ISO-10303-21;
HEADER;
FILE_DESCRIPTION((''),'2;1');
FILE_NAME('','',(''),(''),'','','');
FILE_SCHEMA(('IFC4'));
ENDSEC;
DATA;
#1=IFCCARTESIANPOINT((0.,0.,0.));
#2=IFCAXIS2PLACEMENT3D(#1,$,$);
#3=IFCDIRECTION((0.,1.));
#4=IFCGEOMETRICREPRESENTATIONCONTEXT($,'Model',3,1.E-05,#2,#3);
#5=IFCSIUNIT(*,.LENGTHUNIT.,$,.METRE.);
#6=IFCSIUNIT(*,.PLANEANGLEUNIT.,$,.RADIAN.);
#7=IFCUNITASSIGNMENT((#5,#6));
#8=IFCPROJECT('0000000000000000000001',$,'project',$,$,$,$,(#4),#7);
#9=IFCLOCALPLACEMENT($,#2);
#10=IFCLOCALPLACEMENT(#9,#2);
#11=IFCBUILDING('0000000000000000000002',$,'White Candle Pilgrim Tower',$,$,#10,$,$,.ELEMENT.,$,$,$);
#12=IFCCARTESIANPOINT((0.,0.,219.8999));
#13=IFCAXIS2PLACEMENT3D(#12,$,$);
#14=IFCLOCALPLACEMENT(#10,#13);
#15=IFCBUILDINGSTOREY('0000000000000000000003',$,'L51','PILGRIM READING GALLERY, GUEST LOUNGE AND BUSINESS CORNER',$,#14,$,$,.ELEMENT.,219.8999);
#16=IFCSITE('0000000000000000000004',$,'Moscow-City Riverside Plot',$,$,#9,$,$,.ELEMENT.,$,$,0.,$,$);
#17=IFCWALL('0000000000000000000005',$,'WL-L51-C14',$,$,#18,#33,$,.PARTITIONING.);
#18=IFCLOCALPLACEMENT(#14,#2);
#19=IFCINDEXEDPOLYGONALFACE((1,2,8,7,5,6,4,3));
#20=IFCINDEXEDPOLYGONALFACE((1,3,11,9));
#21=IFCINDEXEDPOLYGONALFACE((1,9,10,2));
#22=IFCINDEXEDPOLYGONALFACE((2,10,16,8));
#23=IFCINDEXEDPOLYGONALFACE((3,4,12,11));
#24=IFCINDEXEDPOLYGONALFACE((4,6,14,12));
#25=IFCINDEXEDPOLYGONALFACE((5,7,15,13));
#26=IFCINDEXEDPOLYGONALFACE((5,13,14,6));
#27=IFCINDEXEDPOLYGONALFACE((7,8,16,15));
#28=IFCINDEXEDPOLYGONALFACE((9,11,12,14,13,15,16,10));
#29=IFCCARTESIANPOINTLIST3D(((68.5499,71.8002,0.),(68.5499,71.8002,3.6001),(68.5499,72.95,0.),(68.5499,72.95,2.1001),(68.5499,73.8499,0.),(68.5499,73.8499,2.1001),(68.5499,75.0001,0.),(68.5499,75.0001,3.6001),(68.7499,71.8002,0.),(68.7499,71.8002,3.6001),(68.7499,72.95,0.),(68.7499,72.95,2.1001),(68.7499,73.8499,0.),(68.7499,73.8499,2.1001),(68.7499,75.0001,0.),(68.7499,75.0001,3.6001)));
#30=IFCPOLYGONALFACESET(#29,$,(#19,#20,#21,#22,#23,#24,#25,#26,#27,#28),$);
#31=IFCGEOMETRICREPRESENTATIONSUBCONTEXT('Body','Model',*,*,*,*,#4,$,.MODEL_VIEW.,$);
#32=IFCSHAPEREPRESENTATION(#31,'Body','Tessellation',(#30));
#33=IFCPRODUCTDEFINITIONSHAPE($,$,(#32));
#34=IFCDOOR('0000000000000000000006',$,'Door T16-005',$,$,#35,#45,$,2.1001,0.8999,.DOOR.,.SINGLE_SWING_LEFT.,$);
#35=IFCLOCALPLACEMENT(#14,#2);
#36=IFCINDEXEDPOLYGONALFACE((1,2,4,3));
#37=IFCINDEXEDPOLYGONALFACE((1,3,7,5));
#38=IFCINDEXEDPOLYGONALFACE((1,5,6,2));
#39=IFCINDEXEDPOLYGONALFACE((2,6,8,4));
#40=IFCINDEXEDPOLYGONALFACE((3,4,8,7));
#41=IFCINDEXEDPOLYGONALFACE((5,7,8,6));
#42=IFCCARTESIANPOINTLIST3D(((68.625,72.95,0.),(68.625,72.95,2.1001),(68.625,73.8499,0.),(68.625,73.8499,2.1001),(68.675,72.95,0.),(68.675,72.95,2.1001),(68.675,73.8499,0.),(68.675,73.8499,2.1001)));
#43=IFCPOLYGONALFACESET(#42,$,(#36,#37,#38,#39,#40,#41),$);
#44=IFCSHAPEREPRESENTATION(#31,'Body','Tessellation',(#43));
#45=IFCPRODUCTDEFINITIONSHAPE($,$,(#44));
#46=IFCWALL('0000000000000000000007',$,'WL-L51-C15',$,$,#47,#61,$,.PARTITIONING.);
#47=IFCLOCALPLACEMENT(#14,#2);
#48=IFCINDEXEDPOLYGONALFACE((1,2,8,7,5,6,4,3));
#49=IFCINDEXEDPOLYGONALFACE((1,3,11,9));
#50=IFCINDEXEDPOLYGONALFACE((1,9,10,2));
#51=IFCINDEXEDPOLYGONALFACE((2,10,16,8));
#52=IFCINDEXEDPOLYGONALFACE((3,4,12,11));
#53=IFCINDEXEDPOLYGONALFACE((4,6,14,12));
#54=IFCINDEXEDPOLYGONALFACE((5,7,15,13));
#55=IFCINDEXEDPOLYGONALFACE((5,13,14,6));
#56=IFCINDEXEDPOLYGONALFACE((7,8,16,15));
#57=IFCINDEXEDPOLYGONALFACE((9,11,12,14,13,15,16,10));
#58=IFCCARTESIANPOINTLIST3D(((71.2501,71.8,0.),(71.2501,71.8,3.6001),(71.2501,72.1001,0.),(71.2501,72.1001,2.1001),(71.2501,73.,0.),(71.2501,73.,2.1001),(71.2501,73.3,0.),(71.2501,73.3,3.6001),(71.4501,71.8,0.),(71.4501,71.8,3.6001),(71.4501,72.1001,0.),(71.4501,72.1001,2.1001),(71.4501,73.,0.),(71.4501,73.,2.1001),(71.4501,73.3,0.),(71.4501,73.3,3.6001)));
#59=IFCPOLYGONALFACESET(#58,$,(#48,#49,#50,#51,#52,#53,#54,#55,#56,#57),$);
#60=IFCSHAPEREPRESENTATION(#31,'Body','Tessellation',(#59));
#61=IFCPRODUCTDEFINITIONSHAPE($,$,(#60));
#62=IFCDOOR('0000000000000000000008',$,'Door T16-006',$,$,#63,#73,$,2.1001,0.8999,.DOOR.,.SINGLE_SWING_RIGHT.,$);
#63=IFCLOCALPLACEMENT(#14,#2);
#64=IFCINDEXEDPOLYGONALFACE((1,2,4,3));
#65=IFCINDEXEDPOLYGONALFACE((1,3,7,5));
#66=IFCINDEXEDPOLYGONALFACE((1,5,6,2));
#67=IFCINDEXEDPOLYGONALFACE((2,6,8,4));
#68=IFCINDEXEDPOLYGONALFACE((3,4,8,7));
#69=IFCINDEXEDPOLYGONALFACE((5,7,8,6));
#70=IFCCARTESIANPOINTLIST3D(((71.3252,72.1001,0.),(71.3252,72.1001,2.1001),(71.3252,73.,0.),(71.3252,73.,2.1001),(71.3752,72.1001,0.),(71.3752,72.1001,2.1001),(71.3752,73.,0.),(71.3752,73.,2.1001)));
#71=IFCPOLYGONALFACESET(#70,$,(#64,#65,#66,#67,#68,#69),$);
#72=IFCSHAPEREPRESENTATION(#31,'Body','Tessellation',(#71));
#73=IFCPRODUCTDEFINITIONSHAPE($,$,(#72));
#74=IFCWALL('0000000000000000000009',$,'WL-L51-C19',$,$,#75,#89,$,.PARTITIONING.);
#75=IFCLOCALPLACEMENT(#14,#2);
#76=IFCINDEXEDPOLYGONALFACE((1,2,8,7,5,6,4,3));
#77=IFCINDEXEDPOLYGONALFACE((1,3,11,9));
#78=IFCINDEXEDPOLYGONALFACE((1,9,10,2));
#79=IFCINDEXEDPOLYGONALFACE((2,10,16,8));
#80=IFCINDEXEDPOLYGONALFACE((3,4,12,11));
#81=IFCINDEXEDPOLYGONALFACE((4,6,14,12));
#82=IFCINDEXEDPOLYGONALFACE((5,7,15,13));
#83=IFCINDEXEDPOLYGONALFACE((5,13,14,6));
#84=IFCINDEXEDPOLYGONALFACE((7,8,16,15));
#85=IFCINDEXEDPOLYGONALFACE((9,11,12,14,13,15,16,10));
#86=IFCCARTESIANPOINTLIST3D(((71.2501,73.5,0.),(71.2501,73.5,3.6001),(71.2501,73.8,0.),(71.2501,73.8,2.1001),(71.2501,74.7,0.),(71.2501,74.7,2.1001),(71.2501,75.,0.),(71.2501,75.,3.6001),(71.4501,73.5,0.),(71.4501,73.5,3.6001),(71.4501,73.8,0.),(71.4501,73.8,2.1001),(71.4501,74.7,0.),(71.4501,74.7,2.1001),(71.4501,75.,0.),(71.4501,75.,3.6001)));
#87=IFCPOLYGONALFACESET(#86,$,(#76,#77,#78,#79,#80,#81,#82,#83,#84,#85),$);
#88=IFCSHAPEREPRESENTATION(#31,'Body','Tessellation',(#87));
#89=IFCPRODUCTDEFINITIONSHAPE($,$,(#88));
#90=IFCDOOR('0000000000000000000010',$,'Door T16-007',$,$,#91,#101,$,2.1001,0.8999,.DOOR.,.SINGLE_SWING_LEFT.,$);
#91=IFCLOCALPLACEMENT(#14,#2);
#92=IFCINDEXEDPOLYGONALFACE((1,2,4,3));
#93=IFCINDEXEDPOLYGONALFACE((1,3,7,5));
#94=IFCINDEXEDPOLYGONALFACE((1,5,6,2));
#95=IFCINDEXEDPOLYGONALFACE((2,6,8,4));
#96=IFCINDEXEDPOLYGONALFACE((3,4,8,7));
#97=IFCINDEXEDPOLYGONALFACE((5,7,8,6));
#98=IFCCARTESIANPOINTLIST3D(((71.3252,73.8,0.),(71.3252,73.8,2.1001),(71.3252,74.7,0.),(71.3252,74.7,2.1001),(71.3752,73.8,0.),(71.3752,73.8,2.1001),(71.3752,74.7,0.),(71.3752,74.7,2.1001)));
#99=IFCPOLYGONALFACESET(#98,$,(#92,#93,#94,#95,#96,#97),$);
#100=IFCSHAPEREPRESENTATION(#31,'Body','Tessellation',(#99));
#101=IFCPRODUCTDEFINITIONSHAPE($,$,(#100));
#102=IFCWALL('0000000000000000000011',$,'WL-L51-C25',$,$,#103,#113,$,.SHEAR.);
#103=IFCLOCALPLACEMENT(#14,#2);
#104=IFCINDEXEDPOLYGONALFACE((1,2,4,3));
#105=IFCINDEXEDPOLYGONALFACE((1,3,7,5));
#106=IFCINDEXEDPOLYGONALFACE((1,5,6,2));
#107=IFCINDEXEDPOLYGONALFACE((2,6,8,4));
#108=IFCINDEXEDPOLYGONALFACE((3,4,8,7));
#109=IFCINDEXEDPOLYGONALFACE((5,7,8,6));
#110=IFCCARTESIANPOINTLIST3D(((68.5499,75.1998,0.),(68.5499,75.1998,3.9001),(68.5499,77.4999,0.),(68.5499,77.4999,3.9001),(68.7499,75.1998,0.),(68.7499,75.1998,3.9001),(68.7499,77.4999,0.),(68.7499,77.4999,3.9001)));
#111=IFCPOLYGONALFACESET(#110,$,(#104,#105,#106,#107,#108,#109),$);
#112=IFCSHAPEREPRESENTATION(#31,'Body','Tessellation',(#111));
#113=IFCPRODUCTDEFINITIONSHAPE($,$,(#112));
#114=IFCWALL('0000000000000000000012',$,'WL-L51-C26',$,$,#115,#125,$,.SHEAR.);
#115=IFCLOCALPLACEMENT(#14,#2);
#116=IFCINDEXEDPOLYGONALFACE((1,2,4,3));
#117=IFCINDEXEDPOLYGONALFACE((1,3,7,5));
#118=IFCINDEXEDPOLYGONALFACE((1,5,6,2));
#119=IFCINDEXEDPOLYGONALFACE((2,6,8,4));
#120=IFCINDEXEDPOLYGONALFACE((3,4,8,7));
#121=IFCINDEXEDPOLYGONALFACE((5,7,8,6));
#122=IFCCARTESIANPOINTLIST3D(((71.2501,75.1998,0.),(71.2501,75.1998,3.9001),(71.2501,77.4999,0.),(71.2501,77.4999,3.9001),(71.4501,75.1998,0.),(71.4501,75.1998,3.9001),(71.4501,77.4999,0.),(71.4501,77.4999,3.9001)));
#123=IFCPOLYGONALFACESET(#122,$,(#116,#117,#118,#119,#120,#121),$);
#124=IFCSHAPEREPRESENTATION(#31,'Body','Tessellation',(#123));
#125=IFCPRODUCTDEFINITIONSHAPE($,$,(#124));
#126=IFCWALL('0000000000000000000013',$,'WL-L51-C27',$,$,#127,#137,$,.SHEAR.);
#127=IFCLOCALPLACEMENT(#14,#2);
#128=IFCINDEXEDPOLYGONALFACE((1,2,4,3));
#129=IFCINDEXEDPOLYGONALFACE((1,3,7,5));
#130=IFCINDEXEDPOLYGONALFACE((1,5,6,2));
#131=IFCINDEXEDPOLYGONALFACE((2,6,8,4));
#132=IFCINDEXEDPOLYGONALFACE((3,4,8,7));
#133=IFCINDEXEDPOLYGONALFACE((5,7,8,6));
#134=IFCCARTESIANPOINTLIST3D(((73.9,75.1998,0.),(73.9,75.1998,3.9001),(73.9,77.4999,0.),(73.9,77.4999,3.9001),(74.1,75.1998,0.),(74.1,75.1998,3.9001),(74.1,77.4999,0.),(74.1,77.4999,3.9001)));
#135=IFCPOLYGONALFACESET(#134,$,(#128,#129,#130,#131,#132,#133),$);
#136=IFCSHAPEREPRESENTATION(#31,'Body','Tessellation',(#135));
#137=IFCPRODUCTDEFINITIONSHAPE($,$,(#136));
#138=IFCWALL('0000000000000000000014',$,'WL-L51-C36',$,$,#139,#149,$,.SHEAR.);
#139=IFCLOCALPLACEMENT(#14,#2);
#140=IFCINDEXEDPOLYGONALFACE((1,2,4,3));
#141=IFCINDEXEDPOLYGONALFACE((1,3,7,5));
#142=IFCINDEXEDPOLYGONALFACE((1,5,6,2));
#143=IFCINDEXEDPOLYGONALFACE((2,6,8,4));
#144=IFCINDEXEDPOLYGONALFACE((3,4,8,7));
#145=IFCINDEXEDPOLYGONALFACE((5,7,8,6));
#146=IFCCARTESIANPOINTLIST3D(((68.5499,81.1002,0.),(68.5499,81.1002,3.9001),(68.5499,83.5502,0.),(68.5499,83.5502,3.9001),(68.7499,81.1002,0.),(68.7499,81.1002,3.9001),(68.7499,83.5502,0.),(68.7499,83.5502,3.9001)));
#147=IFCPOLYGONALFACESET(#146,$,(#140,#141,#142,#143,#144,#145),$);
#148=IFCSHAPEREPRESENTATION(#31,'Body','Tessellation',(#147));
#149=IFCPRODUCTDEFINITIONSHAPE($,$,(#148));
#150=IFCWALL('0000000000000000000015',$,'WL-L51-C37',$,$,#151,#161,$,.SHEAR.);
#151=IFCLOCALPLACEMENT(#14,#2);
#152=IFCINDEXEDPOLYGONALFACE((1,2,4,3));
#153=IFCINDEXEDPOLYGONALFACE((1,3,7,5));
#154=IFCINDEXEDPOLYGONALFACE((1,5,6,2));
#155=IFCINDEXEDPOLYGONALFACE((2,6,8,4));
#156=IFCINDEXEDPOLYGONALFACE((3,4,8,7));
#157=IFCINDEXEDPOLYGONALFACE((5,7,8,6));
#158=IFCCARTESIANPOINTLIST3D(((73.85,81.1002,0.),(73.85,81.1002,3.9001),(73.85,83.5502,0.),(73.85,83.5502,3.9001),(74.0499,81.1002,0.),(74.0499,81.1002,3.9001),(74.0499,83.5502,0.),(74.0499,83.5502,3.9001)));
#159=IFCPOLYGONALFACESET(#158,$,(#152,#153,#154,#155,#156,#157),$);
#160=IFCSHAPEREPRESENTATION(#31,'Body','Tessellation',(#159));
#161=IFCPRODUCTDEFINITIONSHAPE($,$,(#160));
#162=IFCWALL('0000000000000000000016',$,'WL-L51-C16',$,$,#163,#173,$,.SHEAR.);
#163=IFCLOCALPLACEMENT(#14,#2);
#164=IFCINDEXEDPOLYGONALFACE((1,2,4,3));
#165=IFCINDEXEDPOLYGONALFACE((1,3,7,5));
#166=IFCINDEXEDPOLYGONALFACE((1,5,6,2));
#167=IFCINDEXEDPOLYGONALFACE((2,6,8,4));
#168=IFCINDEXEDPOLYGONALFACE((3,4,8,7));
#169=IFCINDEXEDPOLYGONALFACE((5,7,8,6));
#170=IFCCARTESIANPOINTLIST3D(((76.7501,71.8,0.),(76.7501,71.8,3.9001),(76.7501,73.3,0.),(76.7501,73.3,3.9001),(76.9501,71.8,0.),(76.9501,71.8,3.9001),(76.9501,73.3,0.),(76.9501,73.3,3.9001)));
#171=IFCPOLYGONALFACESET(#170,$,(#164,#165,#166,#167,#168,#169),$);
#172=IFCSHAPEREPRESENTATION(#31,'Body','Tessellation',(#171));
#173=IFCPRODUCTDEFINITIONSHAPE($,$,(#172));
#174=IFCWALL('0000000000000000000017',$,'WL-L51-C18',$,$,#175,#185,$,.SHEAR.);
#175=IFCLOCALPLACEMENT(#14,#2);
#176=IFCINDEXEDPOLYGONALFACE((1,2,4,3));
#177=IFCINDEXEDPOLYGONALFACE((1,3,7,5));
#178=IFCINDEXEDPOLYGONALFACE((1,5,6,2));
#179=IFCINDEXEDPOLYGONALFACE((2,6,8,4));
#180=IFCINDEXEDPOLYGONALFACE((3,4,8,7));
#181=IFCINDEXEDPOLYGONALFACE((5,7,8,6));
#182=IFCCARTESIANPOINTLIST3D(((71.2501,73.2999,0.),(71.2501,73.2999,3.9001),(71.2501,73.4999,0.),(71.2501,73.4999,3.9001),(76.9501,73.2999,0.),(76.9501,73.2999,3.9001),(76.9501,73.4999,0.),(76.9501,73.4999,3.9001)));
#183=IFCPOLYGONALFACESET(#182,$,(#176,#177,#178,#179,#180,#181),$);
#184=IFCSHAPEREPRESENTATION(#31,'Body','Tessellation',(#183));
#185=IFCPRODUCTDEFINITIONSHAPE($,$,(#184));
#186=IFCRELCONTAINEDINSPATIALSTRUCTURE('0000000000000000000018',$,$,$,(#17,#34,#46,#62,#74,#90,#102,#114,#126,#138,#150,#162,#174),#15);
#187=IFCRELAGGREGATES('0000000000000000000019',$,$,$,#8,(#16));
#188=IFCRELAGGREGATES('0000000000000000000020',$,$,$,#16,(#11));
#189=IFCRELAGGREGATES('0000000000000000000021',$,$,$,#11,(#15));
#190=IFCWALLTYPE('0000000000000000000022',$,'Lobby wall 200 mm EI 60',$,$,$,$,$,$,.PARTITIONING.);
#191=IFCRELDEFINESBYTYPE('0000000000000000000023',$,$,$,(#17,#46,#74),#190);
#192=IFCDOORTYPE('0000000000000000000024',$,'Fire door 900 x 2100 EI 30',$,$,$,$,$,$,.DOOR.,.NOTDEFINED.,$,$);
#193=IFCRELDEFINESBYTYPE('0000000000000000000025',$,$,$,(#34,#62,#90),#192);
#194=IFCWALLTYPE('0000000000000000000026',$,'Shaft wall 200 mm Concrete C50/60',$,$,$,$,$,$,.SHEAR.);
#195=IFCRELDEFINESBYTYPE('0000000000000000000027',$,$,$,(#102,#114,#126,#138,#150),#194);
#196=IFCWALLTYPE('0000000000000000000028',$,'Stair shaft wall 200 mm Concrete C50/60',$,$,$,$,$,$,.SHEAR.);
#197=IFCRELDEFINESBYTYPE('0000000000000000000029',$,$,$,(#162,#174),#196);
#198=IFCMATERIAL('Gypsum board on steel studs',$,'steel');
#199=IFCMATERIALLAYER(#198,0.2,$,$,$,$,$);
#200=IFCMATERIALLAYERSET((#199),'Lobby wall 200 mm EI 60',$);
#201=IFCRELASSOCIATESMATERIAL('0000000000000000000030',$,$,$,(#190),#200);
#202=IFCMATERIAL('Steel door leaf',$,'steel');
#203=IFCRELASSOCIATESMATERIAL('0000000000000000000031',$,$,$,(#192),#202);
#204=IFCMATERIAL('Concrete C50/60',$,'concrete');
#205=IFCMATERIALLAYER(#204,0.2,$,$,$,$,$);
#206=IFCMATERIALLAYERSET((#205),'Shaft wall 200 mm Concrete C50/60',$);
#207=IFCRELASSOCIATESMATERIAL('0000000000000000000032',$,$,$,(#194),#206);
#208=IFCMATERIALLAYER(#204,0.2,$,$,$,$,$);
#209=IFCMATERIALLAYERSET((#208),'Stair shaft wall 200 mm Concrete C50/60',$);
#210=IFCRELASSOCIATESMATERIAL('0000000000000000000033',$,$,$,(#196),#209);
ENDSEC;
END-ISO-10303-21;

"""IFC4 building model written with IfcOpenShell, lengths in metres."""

from ifc_helpers import new_model, si_unit, direction, frame, frame_2d, origin, place, context, subcontext, project, spatial, rectangle, extrude, material, layer, layer_set, type_object, element, fill, save


model = new_model("IFC4")

# Units and contexts
model_context = context("Model", 3, precision=1e-05, world=origin(), true_north=direction((0.0, 1.0)))
body_context = subcontext(model_context, "Body", "Model", "MODEL_VIEW")
ifc_project = project(units=[si_unit("LENGTHUNIT", "METRE"), si_unit("PLANEANGLEUNIT", "RADIAN")], contexts=[model_context])

# Site, building, storey
site_placement = place(None, origin())
site = spatial("IfcSite", under=ifc_project, at=site_placement, Name="Moscow-City Riverside Plot", CompositionType="ELEMENT", RefElevation=0.0)
building_placement = place(site_placement, origin())
building = spatial("IfcBuilding", under=site, at=building_placement, Name="White Candle Pilgrim Tower", CompositionType="ELEMENT")
storey_placement = place(building_placement, frame((0.0, 0.0, 219.8999)))
storey = spatial("IfcBuildingStorey", under=building, at=storey_placement, Name="L51", Description="PILGRIM READING GALLERY, GUEST LOUNGE AND BUSINESS CORNER", CompositionType="ELEMENT", Elevation=219.8999)

# Walls, openings, doors
ifc_material_1 = material(Name="Gypsum board on steel studs", Category="steel")
ifc_layer_1 = layer(ifc_material_1, 0.2)
ifc_layer_set_1 = layer_set([ifc_layer_1], Name="Lobby wall 200 mm EI 60")
wall_type_1 = type_object("IfcWallType", Name="Lobby wall 200 mm EI 60", PredefinedType="PARTITIONING", material=ifc_layer_set_1)
wall_1_placement = place(storey_placement, frame((68.6499, 71.8, 0.0), z_axis=(0.0, 0.0, 1.0), x_axis=(0.0, 1.0, 0.0)))
wall_1 = element("IfcWall", 1, at=wall_1_placement, inside=storey, type_object=wall_type_1, Name="WL-L51-C14", PredefinedType="PARTITIONING", context=body_context, shape_type="SweptSolid", body=[
    extrude(rectangle(XDim=3.2, YDim=0.2, at=frame_2d((1.6001, 0.0))), origin(), (0.0, 0.0, 1.0), 3.6001),
])
opening_1_placement = place(wall_1_placement, frame((1.1499, 0.0, 0.0)))
opening_1 = element("IfcOpeningElement", 2, at=opening_1_placement, cuts=wall_1, PredefinedType="OPENING", context=body_context, shape_type="SweptSolid", body=[
    extrude(rectangle(XDim=0.8999, YDim=2.1001, at=frame_2d((0.45, 1.05))), frame((0.0, 0.1099, 0.0), z_axis=(0.0, -1.0, 0.0), x_axis=(1.0, 0.0, 0.0)), (0.0, 0.0, 1.0), 0.22),
])
ifc_material_2 = material(Name="Steel door leaf", Category="steel")
door_type_1 = type_object("IfcDoorType", Name="Fire door 900 x 2100 EI 30", OperationType="NOTDEFINED", PredefinedType="DOOR", material=ifc_material_2)
door_1_placement = place(opening_1_placement, origin())
door_1 = element("IfcDoor", 3, at=door_1_placement, inside=storey, type_object=door_type_1, Name="Door T16-005", OperationType="SINGLE_SWING_LEFT", OverallHeight=2.1001, OverallWidth=0.8999, PredefinedType="DOOR", context=body_context, shape_type="SweptSolid", body=[
    extrude(rectangle(XDim=0.8999, YDim=2.1001, at=frame_2d((0.45, 1.05))), frame((0.0, 0.0249, 0.0), z_axis=(0.0, -1.0, 0.0), x_axis=(1.0, 0.0, 0.0)), (0.0, 0.0, 1.0), 0.05),
])
fill(opening_1, door_1)
wall_2_placement = place(storey_placement, frame((71.3501, 71.8, 0.0), z_axis=(0.0, 0.0, 1.0), x_axis=(0.0, 1.0, 0.0)))
wall_2 = element("IfcWall", 4, at=wall_2_placement, inside=storey, type_object=wall_type_1, Name="WL-L51-C15", PredefinedType="PARTITIONING", context=body_context, shape_type="SweptSolid", body=[
    extrude(rectangle(XDim=1.5, YDim=0.2, at=frame_2d((0.75, 0.0))), origin(), (0.0, 0.0, 1.0), 3.6001),
])
opening_2_placement = place(wall_2_placement, frame((0.3, 0.0, 0.0)))
opening_2 = element("IfcOpeningElement", 5, at=opening_2_placement, cuts=wall_2, PredefinedType="OPENING", context=body_context, shape_type="SweptSolid", body=[
    extrude(rectangle(XDim=0.8999, YDim=2.1001, at=frame_2d((0.45, 1.05))), frame((0.0, 0.1099, 0.0), z_axis=(0.0, -1.0, 0.0), x_axis=(1.0, 0.0, 0.0)), (0.0, 0.0, 1.0), 0.22),
])
door_2_placement = place(opening_2_placement, origin())
door_2 = element("IfcDoor", 6, at=door_2_placement, inside=storey, type_object=door_type_1, Name="Door T16-006", OperationType="SINGLE_SWING_RIGHT", OverallHeight=2.1001, OverallWidth=0.8999, PredefinedType="DOOR", context=body_context, shape_type="SweptSolid", body=[
    extrude(rectangle(XDim=0.8999, YDim=2.1001, at=frame_2d((0.45, 1.05))), frame((0.0, 0.0249, 0.0), z_axis=(0.0, -1.0, 0.0), x_axis=(1.0, 0.0, 0.0)), (0.0, 0.0, 1.0), 0.05),
])
fill(opening_2, door_2)
wall_3_placement = place(storey_placement, frame((71.3501, 73.5, 0.0), z_axis=(0.0, 0.0, 1.0), x_axis=(0.0, 1.0, 0.0)))
wall_3 = element("IfcWall", 7, at=wall_3_placement, inside=storey, type_object=wall_type_1, Name="WL-L51-C19", PredefinedType="PARTITIONING", context=body_context, shape_type="SweptSolid", body=[
    extrude(rectangle(XDim=1.5, YDim=0.2, at=frame_2d((0.75, 0.0))), origin(), (0.0, 0.0, 1.0), 3.6001),
])
opening_3_placement = place(wall_3_placement, frame((0.3, 0.0, 0.0)))
opening_3 = element("IfcOpeningElement", 8, at=opening_3_placement, cuts=wall_3, PredefinedType="OPENING", context=body_context, shape_type="SweptSolid", body=[
    extrude(rectangle(XDim=0.8999, YDim=2.1001, at=frame_2d((0.45, 1.05))), frame((0.0, 0.1099, 0.0), z_axis=(0.0, -1.0, 0.0), x_axis=(1.0, 0.0, 0.0)), (0.0, 0.0, 1.0), 0.22),
])
door_3_placement = place(opening_3_placement, origin())
door_3 = element("IfcDoor", 9, at=door_3_placement, inside=storey, type_object=door_type_1, Name="Door T16-007", OperationType="SINGLE_SWING_LEFT", OverallHeight=2.1001, OverallWidth=0.8999, PredefinedType="DOOR", context=body_context, shape_type="SweptSolid", body=[
    extrude(rectangle(XDim=0.8999, YDim=2.1001, at=frame_2d((0.45, 1.05))), frame((0.0, 0.0249, 0.0), z_axis=(0.0, -1.0, 0.0), x_axis=(1.0, 0.0, 0.0)), (0.0, 0.0, 1.0), 0.05),
])
fill(opening_3, door_3)

# Walls
ifc_material_3 = material(Name="Concrete C50/60", Category="concrete")
ifc_layer_2 = layer(ifc_material_3, 0.2)
ifc_layer_set_2 = layer_set([ifc_layer_2], Name="Shaft wall 200 mm Concrete C50/60")
wall_type_2 = type_object("IfcWallType", Name="Shaft wall 200 mm Concrete C50/60", PredefinedType="SHEAR", material=ifc_layer_set_2)
for number, where, z_axis, x_axis, name in (
    (10, (68.6499, 75.2, 0.0), (0.0, 0.0, 1.0), (0.0, 1.0, 0.0), "WL-L51-C25"),
    (11, (71.3501, 75.2, 0.0), (0.0, 0.0, 1.0), (0.0, 1.0, 0.0), "WL-L51-C26"),
    (12, (74.0, 75.2, 0.0), (0.0, 0.0, 1.0), (0.0, 1.0, 0.0), "WL-L51-C27"),
):
    element("IfcWall", number, at=place(storey_placement, frame(where, z_axis=z_axis, x_axis=x_axis)), inside=storey, type_object=wall_type_2, Name=name, PredefinedType="SHEAR", context=body_context, shape_type="SweptSolid", body=[
        extrude(rectangle(XDim=2.3, YDim=0.2, at=frame_2d((1.1499, 0.0))), origin(), (0.0, 0.0, 1.0), 3.9001),
    ])
for number, where, z_axis, x_axis, name in (
    (13, (68.6499, 81.1001, 0.0), (0.0, 0.0, 1.0), (0.0, 1.0, 0.0), "WL-L51-C36"),
    (14, (73.95, 81.1001, 0.0), (0.0, 0.0, 1.0), (0.0, 1.0, 0.0), "WL-L51-C37"),
):
    element("IfcWall", number, at=place(storey_placement, frame(where, z_axis=z_axis, x_axis=x_axis)), inside=storey, type_object=wall_type_2, Name=name, PredefinedType="SHEAR", context=body_context, shape_type="SweptSolid", body=[
        extrude(rectangle(XDim=2.45, YDim=0.2, at=frame_2d((1.2251, 0.0))), origin(), (0.0, 0.0, 1.0), 3.9001),
    ])
ifc_layer_3 = layer(ifc_material_3, 0.2)
ifc_layer_set_3 = layer_set([ifc_layer_3], Name="Stair shaft wall 200 mm Concrete C50/60")
wall_type_3 = type_object("IfcWallType", Name="Stair shaft wall 200 mm Concrete C50/60", PredefinedType="SHEAR", material=ifc_layer_set_3)
wall_4_placement = place(storey_placement, frame((76.8501, 71.8, 0.0), z_axis=(0.0, 0.0, 1.0), x_axis=(0.0, 1.0, 0.0)))
element("IfcWall", 15, at=wall_4_placement, inside=storey, type_object=wall_type_3, Name="WL-L51-C16", PredefinedType="SHEAR", context=body_context, shape_type="SweptSolid", body=[
    extrude(rectangle(XDim=1.5, YDim=0.2, at=frame_2d((0.75, 0.0))), origin(), (0.0, 0.0, 1.0), 3.9001),
])
wall_5_placement = place(storey_placement, frame((71.25, 73.3999, 0.0), z_axis=(0.0, 0.0, 1.0), x_axis=(1.0, 0.0, 0.0)))
element("IfcWall", 16, at=wall_5_placement, inside=storey, type_object=wall_type_3, Name="WL-L51-C18", PredefinedType="SHEAR", context=body_context, shape_type="SweptSolid", body=[
    extrude(rectangle(XDim=5.7, YDim=0.2, at=frame_2d((2.8501, 0.0))), origin(), (0.0, 0.0, 1.0), 3.9001),
])

save(model, "model.ifc")
